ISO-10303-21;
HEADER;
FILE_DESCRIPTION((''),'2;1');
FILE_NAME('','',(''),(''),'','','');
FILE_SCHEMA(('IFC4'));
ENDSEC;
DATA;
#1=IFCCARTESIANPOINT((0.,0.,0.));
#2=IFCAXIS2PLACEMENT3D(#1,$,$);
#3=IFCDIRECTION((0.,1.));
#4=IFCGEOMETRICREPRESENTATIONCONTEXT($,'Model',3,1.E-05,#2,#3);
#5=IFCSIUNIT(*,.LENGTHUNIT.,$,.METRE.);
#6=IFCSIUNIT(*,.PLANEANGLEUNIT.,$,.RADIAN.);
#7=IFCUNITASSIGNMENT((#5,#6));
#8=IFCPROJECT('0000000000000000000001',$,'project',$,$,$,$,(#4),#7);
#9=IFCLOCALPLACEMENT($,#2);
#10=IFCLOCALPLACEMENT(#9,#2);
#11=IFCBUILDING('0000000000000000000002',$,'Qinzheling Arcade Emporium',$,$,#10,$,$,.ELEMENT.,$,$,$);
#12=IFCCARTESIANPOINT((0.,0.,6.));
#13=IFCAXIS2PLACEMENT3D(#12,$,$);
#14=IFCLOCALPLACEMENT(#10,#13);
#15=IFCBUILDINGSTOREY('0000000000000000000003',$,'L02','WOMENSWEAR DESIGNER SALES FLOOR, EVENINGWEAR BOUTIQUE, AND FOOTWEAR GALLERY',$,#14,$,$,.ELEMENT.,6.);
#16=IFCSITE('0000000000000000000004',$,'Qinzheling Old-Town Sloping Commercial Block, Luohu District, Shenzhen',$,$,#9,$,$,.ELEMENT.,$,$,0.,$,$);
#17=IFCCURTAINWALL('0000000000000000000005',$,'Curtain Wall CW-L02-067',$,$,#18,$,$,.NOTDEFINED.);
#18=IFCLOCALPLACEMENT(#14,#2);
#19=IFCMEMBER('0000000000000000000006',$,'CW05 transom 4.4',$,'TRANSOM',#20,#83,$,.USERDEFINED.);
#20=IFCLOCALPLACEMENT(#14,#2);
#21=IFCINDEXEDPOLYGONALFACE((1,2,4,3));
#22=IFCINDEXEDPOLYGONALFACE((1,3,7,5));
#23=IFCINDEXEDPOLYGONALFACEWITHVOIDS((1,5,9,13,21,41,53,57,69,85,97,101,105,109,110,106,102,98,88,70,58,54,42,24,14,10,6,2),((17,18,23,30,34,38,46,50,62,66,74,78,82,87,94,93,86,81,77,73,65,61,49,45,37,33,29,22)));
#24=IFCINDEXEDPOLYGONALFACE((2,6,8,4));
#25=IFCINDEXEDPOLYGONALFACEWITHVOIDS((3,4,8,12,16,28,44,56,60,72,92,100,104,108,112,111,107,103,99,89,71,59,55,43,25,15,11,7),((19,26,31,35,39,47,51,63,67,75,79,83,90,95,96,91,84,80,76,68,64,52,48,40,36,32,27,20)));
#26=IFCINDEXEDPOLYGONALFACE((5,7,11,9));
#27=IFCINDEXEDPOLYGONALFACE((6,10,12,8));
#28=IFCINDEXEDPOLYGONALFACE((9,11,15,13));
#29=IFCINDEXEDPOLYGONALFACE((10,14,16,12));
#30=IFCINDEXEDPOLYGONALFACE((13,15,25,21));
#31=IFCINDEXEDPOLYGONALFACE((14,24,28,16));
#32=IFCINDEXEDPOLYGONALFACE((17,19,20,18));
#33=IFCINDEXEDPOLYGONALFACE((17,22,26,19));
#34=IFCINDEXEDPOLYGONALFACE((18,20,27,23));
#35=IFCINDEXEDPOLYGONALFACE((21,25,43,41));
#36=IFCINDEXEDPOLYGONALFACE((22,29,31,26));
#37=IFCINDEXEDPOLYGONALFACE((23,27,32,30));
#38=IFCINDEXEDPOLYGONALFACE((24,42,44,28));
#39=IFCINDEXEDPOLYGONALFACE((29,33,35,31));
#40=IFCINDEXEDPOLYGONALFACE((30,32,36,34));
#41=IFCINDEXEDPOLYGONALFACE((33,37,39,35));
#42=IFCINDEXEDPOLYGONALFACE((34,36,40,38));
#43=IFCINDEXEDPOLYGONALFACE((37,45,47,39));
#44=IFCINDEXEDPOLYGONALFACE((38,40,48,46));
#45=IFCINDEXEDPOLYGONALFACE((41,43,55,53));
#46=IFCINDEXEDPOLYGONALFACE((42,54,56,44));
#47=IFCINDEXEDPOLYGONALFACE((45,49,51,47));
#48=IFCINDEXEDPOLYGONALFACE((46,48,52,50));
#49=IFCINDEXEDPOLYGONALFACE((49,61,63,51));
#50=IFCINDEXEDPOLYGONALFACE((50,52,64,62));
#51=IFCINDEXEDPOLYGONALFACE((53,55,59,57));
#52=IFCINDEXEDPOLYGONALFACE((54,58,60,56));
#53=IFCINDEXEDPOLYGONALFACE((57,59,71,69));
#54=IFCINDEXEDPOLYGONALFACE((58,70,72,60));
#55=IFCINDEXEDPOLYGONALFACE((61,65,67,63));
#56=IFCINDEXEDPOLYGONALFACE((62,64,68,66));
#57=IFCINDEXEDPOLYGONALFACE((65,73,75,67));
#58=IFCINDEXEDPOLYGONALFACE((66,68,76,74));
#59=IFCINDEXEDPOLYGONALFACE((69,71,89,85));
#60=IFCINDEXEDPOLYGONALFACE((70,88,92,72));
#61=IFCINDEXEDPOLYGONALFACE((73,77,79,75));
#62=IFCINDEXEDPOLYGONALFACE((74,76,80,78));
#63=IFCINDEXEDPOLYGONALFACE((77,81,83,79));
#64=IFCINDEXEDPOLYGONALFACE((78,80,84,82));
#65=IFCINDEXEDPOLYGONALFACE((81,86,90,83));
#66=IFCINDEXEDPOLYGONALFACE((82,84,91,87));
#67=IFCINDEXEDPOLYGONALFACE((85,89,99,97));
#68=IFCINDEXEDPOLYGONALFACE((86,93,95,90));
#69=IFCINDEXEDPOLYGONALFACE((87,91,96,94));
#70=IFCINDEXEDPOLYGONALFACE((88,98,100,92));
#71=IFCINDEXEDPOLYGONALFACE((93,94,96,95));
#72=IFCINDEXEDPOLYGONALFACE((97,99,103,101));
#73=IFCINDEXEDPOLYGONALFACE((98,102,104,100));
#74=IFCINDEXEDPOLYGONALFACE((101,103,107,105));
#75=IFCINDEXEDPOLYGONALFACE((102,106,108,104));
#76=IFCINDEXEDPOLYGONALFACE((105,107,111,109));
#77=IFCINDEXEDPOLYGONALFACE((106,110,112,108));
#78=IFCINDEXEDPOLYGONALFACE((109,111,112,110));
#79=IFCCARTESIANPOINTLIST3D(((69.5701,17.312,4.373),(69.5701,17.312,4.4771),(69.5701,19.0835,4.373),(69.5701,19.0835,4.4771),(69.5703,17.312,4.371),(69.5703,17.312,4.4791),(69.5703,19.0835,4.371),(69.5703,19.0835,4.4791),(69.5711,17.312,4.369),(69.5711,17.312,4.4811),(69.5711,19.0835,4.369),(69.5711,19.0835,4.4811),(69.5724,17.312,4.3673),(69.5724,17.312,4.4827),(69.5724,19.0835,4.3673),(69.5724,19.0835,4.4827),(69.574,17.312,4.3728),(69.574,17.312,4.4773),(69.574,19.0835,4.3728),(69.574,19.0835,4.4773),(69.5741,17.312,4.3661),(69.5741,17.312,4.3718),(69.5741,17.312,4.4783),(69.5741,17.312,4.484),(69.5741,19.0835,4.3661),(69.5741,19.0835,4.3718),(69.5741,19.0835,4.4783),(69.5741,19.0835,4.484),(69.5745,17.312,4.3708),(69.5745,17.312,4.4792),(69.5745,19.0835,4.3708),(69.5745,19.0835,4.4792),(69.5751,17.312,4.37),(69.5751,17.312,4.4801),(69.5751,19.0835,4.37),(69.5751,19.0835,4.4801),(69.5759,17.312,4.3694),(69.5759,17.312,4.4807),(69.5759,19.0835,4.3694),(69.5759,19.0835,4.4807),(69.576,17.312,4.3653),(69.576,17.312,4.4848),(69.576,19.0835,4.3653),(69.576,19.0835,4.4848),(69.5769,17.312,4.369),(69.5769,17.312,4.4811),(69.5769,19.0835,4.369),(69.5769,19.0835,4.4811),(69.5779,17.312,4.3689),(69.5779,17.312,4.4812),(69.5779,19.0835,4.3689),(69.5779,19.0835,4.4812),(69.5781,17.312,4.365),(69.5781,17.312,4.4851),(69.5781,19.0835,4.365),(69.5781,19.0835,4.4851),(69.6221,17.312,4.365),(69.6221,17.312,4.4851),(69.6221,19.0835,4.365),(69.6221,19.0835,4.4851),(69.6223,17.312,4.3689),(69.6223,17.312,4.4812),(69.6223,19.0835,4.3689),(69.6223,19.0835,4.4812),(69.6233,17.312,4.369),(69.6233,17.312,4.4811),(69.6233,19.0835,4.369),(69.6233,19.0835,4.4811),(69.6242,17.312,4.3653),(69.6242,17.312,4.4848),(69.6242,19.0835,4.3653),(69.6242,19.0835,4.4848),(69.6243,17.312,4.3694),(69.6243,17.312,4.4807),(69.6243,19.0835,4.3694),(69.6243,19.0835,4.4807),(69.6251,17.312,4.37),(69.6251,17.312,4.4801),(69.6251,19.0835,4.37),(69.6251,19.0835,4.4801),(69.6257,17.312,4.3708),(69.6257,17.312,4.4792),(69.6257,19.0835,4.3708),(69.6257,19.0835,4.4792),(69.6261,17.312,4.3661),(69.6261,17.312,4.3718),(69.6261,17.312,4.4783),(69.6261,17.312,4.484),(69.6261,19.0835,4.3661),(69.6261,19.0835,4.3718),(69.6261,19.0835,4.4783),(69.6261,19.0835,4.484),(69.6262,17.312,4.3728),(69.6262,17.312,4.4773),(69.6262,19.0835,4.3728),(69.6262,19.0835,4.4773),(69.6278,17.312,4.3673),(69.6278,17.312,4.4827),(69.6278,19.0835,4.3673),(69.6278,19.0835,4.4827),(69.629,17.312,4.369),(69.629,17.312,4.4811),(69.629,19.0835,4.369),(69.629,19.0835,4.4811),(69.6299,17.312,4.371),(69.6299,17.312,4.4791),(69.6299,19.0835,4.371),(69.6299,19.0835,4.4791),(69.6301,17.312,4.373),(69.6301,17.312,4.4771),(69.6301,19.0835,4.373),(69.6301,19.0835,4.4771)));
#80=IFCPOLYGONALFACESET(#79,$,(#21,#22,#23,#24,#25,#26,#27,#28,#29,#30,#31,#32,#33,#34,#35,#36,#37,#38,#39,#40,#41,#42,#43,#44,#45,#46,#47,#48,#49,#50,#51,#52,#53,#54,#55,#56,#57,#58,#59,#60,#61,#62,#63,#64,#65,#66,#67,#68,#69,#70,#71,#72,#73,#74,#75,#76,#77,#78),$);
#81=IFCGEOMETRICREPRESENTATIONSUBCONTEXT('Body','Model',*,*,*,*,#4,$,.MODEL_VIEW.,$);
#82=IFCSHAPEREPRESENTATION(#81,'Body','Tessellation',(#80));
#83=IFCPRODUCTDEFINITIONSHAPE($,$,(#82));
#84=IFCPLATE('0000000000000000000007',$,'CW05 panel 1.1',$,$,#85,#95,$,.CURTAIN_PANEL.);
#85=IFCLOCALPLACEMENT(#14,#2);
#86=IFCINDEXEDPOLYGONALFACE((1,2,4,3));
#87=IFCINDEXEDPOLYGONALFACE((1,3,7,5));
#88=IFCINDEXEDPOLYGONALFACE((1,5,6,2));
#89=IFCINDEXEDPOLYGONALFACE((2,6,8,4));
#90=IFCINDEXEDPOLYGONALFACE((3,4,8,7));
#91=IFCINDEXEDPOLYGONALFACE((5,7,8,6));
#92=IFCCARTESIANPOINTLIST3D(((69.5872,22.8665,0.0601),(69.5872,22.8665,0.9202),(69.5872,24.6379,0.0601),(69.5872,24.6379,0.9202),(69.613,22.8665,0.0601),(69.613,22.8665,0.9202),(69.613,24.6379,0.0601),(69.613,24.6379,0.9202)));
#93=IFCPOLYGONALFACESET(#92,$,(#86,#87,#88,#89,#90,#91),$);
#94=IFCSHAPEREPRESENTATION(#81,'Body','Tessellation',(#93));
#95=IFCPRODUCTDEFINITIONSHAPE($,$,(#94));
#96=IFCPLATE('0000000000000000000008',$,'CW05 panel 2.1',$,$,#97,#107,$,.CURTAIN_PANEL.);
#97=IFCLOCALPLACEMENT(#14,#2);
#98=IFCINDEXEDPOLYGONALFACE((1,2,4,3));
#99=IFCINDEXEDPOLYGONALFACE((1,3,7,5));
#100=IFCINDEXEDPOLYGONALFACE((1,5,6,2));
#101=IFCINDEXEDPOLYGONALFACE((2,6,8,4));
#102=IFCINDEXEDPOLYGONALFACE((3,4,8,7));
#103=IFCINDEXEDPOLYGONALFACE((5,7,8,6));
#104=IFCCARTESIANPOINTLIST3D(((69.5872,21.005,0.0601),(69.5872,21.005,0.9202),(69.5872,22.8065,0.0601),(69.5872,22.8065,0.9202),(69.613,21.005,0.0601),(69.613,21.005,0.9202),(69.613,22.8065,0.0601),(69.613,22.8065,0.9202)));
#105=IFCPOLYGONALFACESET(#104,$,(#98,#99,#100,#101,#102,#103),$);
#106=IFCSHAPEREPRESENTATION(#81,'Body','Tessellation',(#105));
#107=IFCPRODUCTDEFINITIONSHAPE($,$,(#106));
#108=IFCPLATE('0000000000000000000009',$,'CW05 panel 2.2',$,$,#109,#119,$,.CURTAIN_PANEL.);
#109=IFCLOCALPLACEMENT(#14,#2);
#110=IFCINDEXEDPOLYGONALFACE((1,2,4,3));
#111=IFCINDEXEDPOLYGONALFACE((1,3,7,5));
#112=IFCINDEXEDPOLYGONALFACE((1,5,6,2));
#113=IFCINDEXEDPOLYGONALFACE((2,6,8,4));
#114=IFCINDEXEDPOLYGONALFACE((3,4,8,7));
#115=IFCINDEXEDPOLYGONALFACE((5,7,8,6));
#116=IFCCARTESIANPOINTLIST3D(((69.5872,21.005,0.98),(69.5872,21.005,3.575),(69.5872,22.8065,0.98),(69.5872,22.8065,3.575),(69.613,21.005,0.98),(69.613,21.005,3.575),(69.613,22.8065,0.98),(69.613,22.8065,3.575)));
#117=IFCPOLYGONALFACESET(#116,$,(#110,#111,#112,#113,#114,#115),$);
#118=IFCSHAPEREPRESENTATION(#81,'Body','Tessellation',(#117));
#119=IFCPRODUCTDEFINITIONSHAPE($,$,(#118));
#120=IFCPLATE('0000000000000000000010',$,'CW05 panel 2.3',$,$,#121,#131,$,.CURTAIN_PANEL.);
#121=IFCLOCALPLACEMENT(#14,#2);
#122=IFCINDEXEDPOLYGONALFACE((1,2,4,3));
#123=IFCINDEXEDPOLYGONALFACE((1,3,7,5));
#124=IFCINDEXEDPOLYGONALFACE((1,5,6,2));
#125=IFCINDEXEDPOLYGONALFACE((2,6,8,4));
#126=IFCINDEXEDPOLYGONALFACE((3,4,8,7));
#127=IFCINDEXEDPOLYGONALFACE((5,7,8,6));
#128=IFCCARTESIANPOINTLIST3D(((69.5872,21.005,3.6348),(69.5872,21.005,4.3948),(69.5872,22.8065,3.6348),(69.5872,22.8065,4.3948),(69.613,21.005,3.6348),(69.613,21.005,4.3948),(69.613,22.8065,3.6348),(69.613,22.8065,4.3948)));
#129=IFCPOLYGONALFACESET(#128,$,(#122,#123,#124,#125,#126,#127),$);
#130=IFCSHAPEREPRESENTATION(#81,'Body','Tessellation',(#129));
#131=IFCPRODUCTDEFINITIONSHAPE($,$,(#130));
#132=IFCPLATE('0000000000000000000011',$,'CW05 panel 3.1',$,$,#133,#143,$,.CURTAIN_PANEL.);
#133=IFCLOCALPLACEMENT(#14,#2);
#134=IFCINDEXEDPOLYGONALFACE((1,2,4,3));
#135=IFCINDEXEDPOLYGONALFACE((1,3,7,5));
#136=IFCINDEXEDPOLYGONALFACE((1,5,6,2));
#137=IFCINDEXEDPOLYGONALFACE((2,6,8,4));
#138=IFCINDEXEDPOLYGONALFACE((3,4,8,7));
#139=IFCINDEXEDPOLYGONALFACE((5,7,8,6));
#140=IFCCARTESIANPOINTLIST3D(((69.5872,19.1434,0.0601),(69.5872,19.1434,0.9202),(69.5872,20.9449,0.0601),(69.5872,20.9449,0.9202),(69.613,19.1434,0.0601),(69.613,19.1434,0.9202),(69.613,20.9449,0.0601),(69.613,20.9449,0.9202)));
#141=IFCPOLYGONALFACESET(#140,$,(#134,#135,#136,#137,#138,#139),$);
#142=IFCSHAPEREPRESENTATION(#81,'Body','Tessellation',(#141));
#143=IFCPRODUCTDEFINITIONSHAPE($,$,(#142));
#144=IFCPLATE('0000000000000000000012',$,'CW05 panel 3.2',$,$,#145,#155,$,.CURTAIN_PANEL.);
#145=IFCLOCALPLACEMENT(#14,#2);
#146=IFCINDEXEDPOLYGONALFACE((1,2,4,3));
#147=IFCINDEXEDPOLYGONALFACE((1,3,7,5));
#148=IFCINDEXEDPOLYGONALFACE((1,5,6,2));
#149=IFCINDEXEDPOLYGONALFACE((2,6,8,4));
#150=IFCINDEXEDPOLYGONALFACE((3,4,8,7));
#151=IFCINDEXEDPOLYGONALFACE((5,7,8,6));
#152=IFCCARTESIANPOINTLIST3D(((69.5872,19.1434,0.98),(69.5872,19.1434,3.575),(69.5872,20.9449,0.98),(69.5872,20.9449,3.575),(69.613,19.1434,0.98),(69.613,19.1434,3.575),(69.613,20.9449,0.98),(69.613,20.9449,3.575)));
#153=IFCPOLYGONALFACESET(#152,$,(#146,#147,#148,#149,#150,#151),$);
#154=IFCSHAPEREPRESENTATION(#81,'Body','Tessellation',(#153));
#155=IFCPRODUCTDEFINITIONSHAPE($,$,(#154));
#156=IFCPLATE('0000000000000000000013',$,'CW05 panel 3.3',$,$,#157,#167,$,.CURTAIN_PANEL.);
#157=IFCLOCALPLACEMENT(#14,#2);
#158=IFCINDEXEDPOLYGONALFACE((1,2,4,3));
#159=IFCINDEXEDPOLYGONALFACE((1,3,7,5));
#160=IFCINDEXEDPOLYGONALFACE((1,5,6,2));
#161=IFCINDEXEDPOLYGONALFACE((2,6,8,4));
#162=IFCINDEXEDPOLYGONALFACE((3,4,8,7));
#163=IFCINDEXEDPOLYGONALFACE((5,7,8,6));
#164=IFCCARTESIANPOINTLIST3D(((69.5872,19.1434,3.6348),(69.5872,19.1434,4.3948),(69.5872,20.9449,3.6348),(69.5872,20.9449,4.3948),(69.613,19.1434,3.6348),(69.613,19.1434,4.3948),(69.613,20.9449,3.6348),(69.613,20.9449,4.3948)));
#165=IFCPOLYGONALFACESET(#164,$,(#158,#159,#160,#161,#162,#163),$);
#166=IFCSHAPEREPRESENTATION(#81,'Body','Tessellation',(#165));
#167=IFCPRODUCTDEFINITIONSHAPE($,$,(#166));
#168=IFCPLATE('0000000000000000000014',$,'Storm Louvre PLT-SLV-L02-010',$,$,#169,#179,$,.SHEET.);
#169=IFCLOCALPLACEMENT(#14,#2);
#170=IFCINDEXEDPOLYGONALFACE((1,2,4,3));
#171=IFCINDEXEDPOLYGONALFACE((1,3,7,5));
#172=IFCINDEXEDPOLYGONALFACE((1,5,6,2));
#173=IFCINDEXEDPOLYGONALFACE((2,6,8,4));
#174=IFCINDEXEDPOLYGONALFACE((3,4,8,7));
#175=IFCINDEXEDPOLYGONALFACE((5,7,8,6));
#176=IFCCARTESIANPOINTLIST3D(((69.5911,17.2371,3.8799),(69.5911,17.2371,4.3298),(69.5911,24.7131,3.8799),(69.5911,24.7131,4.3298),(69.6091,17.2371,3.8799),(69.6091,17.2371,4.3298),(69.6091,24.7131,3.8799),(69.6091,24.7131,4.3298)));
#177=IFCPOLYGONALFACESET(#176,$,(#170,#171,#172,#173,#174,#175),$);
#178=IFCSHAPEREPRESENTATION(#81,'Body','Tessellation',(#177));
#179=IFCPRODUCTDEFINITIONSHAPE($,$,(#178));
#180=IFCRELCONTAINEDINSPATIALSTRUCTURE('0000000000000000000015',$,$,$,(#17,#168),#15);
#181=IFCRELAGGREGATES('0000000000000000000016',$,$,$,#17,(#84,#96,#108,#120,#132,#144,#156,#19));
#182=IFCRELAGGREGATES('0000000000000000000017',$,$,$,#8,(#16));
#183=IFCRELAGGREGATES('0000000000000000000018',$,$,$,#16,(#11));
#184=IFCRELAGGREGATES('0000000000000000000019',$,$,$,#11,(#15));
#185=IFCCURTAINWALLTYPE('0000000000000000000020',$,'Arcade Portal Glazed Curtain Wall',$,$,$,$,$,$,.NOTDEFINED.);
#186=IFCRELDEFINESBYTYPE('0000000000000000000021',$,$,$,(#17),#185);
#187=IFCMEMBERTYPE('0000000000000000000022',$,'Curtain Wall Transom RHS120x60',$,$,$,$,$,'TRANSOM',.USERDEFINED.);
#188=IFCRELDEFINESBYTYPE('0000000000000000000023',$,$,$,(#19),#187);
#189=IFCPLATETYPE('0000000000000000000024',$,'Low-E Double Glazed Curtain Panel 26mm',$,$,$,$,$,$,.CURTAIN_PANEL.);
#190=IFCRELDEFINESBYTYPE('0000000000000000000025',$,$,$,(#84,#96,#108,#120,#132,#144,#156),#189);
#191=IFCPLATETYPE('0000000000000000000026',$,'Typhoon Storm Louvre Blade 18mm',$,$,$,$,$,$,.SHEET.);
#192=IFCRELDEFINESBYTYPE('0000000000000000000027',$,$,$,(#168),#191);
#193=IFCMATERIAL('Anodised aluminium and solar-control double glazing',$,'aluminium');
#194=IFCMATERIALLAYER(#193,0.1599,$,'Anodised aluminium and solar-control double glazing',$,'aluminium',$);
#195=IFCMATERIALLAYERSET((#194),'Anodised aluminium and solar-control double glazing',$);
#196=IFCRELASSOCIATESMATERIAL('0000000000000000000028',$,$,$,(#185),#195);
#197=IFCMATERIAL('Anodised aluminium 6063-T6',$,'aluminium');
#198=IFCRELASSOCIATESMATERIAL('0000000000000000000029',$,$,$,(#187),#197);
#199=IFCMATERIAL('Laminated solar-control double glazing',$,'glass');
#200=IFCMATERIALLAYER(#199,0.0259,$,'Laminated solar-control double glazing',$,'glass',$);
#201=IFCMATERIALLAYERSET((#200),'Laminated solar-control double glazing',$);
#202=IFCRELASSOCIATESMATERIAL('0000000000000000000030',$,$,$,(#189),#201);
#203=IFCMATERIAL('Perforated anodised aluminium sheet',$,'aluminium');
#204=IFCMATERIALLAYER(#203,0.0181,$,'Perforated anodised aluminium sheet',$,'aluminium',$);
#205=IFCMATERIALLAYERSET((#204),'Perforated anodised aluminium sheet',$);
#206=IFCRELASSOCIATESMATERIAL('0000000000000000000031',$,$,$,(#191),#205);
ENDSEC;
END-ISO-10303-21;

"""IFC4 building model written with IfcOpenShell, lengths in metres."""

from ifc_helpers import new_model, si_unit, direction, frame, origin, origin_2d, place, context, subcontext, project, spatial, rectangle, hollow_rectangle, extrude, material, layer, layer_set, material_profile, profile_set, type_object, element, aggregate, save


model = new_model("IFC4")

# Units and contexts
model_context = context("Model", 3, precision=1e-05, world=origin(), true_north=direction((0.0, 1.0)))
body_context = subcontext(model_context, "Body", "Model", "MODEL_VIEW")
ifc_project = project(units=[si_unit("LENGTHUNIT", "METRE"), si_unit("PLANEANGLEUNIT", "RADIAN")], contexts=[model_context])

# Site, building, storey
site_placement = place(None, origin())
site = spatial("IfcSite", under=ifc_project, at=site_placement, Name="Qinzheling Old-Town Sloping Commercial Block, Luohu District, Shenzhen", CompositionType="ELEMENT", RefElevation=0.0)
building_placement = place(site_placement, origin())
building = spatial("IfcBuilding", under=site, at=building_placement, Name="Qinzheling Arcade Emporium", CompositionType="ELEMENT")
storey_placement = place(building_placement, frame((0.0, 0.0, 6.0)))
storey = spatial("IfcBuildingStorey", under=building, at=storey_placement, Name="L02", Description="WOMENSWEAR DESIGNER SALES FLOOR, EVENINGWEAR BOUTIQUE, AND FOOTWEAR GALLERY", CompositionType="ELEMENT", Elevation=6.0)

# Curtain wall, member, plates
ifc_material_1 = material(Name="Anodised aluminium and solar-control double glazing", Category="aluminium")
ifc_layer_1 = layer(ifc_material_1, 0.1599, Name="Anodised aluminium and solar-control double glazing", Category="aluminium")
ifc_layer_set_1 = layer_set([ifc_layer_1], Name="Anodised aluminium and solar-control double glazing")
curtain_wall_type = type_object("IfcCurtainWallType", Name="Arcade Portal Glazed Curtain Wall", PredefinedType="NOTDEFINED", material=ifc_layer_set_1)
curtain_wall_placement = place(storey_placement, origin())
curtain_wall = element("IfcCurtainWall", 1, at=curtain_wall_placement, inside=storey, type_object=curtain_wall_type, Name="Curtain Wall CW-L02-067", PredefinedType="NOTDEFINED")
ifc_material_2 = material(Name="Anodised aluminium 6063-T6", Category="aluminium")
ifc_material_profile_1 = material_profile(ifc_material_2, hollow_rectangle(XDim=0.0601, YDim=0.1201, WallThickness=0.0039, InnerFilletRadius=0.0039, OuterFilletRadius=0.0081, at=origin_2d()), Name="RHS 120x60x4", Category="aluminium")
ifc_profile_set_1 = profile_set([ifc_material_profile_1], Name="Anodised aluminium 6063-T6")
member_type_1 = type_object("IfcMemberType", Name="Curtain Wall Transom RHS120x60", ElementType="TRANSOM", PredefinedType="USERDEFINED", material=ifc_profile_set_1)
member_1_placement = place(storey_placement, frame((69.6001, 19.0835, 4.425), z_axis=(0.0, -1.0, 0.0), x_axis=(1.0, 0.0, 0.0)))
member_1 = element("IfcMember", 2, at=member_1_placement, type_object=member_type_1, Name="CW05 transom 4.4", ObjectType="TRANSOM", PredefinedType="USERDEFINED", context=body_context, shape_type="SweptSolid", body=[
    extrude(hollow_rectangle(XDim=0.0601, YDim=0.1201, WallThickness=0.0039, InnerFilletRadius=0.0039, OuterFilletRadius=0.0081, at=origin_2d()), origin(), (0.0, 0.0, 1.0), 1.7715),
])
ifc_material_3 = material(Name="Laminated solar-control double glazing", Category="glass")
ifc_layer_2 = layer(ifc_material_3, 0.0259, Name="Laminated solar-control double glazing", Category="glass")
ifc_layer_set_2 = layer_set([ifc_layer_2], Name="Laminated solar-control double glazing")
plate_type_1 = type_object("IfcPlateType", Name="Low-E Double Glazed Curtain Panel 26mm", PredefinedType="CURTAIN_PANEL", material=ifc_layer_set_2)
plate_1_placement = place(storey_placement, frame((69.6001, 23.7522, 0.0601), z_axis=(0.0, 0.0, 1.0), x_axis=(0.0, -1.0, 0.0)))
plate_1 = element("IfcPlate", 3, at=plate_1_placement, type_object=plate_type_1, Name="CW05 panel 1.1", PredefinedType="CURTAIN_PANEL", context=body_context, shape_type="SweptSolid", body=[
    extrude(rectangle(XDim=1.7715, YDim=0.0259, at=origin_2d()), origin(), (0.0, 0.0, 1.0), 0.8601),
])
plate_2_placement = place(storey_placement, frame((69.6001, 21.9058, 0.0601), z_axis=(0.0, 0.0, 1.0), x_axis=(0.0, -1.0, 0.0)))
plate_2 = element("IfcPlate", 4, at=plate_2_placement, type_object=plate_type_1, Name="CW05 panel 2.1", PredefinedType="CURTAIN_PANEL", context=body_context, shape_type="SweptSolid", body=[
    extrude(rectangle(XDim=1.8015, YDim=0.0259, at=origin_2d()), origin(), (0.0, 0.0, 1.0), 0.8601),
])
plate_3_placement = place(storey_placement, frame((69.6001, 21.9058, 0.98), z_axis=(0.0, 0.0, 1.0), x_axis=(0.0, -1.0, 0.0)))
plate_3 = element("IfcPlate", 5, at=plate_3_placement, type_object=plate_type_1, Name="CW05 panel 2.2", PredefinedType="CURTAIN_PANEL", context=body_context, shape_type="SweptSolid", body=[
    extrude(rectangle(XDim=1.8015, YDim=0.0259, at=origin_2d()), origin(), (0.0, 0.0, 1.0), 2.595),
])
plate_4_placement = place(storey_placement, frame((69.6001, 21.9058, 3.6348), z_axis=(0.0, 0.0, 1.0), x_axis=(0.0, -1.0, 0.0)))
plate_4 = element("IfcPlate", 6, at=plate_4_placement, type_object=plate_type_1, Name="CW05 panel 2.3", PredefinedType="CURTAIN_PANEL", context=body_context, shape_type="SweptSolid", body=[
    extrude(rectangle(XDim=1.8015, YDim=0.0259, at=origin_2d()), origin(), (0.0, 0.0, 1.0), 0.76),
])
plate_5_placement = place(storey_placement, frame((69.6001, 20.0442, 0.0601), z_axis=(0.0, 0.0, 1.0), x_axis=(0.0, -1.0, 0.0)))
plate_5 = element("IfcPlate", 7, at=plate_5_placement, type_object=plate_type_1, Name="CW05 panel 3.1", PredefinedType="CURTAIN_PANEL", context=body_context, shape_type="SweptSolid", body=[
    extrude(rectangle(XDim=1.8015, YDim=0.0259, at=origin_2d()), origin(), (0.0, 0.0, 1.0), 0.8601),
])
plate_6_placement = place(storey_placement, frame((69.6001, 20.0442, 0.98), z_axis=(0.0, 0.0, 1.0), x_axis=(0.0, -1.0, 0.0)))
plate_6 = element("IfcPlate", 8, at=plate_6_placement, type_object=plate_type_1, Name="CW05 panel 3.2", PredefinedType="CURTAIN_PANEL", context=body_context, shape_type="SweptSolid", body=[
    extrude(rectangle(XDim=1.8015, YDim=0.0259, at=origin_2d()), origin(), (0.0, 0.0, 1.0), 2.595),
])
plate_7_placement = place(storey_placement, frame((69.6001, 20.0442, 3.6348), z_axis=(0.0, 0.0, 1.0), x_axis=(0.0, -1.0, 0.0)))
plate_7 = element("IfcPlate", 9, at=plate_7_placement, type_object=plate_type_1, Name="CW05 panel 3.3", PredefinedType="CURTAIN_PANEL", context=body_context, shape_type="SweptSolid", body=[
    extrude(rectangle(XDim=1.8015, YDim=0.0259, at=origin_2d()), origin(), (0.0, 0.0, 1.0), 0.76),
])
aggregate(curtain_wall, [plate_1, plate_2, plate_3, plate_4, plate_5, plate_6, plate_7, member_1])

# Plate
ifc_material_4 = material(Name="Perforated anodised aluminium sheet", Category="aluminium")
ifc_layer_3 = layer(ifc_material_4, 0.0181, Name="Perforated anodised aluminium sheet", Category="aluminium")
ifc_layer_set_3 = layer_set([ifc_layer_3], Name="Perforated anodised aluminium sheet")
plate_type_2 = type_object("IfcPlateType", Name="Typhoon Storm Louvre Blade 18mm", PredefinedType="SHEET", material=ifc_layer_set_3)
plate_8_placement = place(storey_placement, frame((69.6001, 20.9751, 3.8799), z_axis=(0.0, 0.0, 1.0), x_axis=(0.0, -1.0, 0.0)))
element("IfcPlate", 10, at=plate_8_placement, inside=storey, type_object=plate_type_2, Name="Storm Louvre PLT-SLV-L02-010", PredefinedType="SHEET", context=body_context, shape_type="SweptSolid", body=[
    extrude(rectangle(XDim=7.4761, YDim=0.0181, at=origin_2d()), origin(), (0.0, 0.0, 1.0), 0.45),
])

save(model, "model.ifc")
